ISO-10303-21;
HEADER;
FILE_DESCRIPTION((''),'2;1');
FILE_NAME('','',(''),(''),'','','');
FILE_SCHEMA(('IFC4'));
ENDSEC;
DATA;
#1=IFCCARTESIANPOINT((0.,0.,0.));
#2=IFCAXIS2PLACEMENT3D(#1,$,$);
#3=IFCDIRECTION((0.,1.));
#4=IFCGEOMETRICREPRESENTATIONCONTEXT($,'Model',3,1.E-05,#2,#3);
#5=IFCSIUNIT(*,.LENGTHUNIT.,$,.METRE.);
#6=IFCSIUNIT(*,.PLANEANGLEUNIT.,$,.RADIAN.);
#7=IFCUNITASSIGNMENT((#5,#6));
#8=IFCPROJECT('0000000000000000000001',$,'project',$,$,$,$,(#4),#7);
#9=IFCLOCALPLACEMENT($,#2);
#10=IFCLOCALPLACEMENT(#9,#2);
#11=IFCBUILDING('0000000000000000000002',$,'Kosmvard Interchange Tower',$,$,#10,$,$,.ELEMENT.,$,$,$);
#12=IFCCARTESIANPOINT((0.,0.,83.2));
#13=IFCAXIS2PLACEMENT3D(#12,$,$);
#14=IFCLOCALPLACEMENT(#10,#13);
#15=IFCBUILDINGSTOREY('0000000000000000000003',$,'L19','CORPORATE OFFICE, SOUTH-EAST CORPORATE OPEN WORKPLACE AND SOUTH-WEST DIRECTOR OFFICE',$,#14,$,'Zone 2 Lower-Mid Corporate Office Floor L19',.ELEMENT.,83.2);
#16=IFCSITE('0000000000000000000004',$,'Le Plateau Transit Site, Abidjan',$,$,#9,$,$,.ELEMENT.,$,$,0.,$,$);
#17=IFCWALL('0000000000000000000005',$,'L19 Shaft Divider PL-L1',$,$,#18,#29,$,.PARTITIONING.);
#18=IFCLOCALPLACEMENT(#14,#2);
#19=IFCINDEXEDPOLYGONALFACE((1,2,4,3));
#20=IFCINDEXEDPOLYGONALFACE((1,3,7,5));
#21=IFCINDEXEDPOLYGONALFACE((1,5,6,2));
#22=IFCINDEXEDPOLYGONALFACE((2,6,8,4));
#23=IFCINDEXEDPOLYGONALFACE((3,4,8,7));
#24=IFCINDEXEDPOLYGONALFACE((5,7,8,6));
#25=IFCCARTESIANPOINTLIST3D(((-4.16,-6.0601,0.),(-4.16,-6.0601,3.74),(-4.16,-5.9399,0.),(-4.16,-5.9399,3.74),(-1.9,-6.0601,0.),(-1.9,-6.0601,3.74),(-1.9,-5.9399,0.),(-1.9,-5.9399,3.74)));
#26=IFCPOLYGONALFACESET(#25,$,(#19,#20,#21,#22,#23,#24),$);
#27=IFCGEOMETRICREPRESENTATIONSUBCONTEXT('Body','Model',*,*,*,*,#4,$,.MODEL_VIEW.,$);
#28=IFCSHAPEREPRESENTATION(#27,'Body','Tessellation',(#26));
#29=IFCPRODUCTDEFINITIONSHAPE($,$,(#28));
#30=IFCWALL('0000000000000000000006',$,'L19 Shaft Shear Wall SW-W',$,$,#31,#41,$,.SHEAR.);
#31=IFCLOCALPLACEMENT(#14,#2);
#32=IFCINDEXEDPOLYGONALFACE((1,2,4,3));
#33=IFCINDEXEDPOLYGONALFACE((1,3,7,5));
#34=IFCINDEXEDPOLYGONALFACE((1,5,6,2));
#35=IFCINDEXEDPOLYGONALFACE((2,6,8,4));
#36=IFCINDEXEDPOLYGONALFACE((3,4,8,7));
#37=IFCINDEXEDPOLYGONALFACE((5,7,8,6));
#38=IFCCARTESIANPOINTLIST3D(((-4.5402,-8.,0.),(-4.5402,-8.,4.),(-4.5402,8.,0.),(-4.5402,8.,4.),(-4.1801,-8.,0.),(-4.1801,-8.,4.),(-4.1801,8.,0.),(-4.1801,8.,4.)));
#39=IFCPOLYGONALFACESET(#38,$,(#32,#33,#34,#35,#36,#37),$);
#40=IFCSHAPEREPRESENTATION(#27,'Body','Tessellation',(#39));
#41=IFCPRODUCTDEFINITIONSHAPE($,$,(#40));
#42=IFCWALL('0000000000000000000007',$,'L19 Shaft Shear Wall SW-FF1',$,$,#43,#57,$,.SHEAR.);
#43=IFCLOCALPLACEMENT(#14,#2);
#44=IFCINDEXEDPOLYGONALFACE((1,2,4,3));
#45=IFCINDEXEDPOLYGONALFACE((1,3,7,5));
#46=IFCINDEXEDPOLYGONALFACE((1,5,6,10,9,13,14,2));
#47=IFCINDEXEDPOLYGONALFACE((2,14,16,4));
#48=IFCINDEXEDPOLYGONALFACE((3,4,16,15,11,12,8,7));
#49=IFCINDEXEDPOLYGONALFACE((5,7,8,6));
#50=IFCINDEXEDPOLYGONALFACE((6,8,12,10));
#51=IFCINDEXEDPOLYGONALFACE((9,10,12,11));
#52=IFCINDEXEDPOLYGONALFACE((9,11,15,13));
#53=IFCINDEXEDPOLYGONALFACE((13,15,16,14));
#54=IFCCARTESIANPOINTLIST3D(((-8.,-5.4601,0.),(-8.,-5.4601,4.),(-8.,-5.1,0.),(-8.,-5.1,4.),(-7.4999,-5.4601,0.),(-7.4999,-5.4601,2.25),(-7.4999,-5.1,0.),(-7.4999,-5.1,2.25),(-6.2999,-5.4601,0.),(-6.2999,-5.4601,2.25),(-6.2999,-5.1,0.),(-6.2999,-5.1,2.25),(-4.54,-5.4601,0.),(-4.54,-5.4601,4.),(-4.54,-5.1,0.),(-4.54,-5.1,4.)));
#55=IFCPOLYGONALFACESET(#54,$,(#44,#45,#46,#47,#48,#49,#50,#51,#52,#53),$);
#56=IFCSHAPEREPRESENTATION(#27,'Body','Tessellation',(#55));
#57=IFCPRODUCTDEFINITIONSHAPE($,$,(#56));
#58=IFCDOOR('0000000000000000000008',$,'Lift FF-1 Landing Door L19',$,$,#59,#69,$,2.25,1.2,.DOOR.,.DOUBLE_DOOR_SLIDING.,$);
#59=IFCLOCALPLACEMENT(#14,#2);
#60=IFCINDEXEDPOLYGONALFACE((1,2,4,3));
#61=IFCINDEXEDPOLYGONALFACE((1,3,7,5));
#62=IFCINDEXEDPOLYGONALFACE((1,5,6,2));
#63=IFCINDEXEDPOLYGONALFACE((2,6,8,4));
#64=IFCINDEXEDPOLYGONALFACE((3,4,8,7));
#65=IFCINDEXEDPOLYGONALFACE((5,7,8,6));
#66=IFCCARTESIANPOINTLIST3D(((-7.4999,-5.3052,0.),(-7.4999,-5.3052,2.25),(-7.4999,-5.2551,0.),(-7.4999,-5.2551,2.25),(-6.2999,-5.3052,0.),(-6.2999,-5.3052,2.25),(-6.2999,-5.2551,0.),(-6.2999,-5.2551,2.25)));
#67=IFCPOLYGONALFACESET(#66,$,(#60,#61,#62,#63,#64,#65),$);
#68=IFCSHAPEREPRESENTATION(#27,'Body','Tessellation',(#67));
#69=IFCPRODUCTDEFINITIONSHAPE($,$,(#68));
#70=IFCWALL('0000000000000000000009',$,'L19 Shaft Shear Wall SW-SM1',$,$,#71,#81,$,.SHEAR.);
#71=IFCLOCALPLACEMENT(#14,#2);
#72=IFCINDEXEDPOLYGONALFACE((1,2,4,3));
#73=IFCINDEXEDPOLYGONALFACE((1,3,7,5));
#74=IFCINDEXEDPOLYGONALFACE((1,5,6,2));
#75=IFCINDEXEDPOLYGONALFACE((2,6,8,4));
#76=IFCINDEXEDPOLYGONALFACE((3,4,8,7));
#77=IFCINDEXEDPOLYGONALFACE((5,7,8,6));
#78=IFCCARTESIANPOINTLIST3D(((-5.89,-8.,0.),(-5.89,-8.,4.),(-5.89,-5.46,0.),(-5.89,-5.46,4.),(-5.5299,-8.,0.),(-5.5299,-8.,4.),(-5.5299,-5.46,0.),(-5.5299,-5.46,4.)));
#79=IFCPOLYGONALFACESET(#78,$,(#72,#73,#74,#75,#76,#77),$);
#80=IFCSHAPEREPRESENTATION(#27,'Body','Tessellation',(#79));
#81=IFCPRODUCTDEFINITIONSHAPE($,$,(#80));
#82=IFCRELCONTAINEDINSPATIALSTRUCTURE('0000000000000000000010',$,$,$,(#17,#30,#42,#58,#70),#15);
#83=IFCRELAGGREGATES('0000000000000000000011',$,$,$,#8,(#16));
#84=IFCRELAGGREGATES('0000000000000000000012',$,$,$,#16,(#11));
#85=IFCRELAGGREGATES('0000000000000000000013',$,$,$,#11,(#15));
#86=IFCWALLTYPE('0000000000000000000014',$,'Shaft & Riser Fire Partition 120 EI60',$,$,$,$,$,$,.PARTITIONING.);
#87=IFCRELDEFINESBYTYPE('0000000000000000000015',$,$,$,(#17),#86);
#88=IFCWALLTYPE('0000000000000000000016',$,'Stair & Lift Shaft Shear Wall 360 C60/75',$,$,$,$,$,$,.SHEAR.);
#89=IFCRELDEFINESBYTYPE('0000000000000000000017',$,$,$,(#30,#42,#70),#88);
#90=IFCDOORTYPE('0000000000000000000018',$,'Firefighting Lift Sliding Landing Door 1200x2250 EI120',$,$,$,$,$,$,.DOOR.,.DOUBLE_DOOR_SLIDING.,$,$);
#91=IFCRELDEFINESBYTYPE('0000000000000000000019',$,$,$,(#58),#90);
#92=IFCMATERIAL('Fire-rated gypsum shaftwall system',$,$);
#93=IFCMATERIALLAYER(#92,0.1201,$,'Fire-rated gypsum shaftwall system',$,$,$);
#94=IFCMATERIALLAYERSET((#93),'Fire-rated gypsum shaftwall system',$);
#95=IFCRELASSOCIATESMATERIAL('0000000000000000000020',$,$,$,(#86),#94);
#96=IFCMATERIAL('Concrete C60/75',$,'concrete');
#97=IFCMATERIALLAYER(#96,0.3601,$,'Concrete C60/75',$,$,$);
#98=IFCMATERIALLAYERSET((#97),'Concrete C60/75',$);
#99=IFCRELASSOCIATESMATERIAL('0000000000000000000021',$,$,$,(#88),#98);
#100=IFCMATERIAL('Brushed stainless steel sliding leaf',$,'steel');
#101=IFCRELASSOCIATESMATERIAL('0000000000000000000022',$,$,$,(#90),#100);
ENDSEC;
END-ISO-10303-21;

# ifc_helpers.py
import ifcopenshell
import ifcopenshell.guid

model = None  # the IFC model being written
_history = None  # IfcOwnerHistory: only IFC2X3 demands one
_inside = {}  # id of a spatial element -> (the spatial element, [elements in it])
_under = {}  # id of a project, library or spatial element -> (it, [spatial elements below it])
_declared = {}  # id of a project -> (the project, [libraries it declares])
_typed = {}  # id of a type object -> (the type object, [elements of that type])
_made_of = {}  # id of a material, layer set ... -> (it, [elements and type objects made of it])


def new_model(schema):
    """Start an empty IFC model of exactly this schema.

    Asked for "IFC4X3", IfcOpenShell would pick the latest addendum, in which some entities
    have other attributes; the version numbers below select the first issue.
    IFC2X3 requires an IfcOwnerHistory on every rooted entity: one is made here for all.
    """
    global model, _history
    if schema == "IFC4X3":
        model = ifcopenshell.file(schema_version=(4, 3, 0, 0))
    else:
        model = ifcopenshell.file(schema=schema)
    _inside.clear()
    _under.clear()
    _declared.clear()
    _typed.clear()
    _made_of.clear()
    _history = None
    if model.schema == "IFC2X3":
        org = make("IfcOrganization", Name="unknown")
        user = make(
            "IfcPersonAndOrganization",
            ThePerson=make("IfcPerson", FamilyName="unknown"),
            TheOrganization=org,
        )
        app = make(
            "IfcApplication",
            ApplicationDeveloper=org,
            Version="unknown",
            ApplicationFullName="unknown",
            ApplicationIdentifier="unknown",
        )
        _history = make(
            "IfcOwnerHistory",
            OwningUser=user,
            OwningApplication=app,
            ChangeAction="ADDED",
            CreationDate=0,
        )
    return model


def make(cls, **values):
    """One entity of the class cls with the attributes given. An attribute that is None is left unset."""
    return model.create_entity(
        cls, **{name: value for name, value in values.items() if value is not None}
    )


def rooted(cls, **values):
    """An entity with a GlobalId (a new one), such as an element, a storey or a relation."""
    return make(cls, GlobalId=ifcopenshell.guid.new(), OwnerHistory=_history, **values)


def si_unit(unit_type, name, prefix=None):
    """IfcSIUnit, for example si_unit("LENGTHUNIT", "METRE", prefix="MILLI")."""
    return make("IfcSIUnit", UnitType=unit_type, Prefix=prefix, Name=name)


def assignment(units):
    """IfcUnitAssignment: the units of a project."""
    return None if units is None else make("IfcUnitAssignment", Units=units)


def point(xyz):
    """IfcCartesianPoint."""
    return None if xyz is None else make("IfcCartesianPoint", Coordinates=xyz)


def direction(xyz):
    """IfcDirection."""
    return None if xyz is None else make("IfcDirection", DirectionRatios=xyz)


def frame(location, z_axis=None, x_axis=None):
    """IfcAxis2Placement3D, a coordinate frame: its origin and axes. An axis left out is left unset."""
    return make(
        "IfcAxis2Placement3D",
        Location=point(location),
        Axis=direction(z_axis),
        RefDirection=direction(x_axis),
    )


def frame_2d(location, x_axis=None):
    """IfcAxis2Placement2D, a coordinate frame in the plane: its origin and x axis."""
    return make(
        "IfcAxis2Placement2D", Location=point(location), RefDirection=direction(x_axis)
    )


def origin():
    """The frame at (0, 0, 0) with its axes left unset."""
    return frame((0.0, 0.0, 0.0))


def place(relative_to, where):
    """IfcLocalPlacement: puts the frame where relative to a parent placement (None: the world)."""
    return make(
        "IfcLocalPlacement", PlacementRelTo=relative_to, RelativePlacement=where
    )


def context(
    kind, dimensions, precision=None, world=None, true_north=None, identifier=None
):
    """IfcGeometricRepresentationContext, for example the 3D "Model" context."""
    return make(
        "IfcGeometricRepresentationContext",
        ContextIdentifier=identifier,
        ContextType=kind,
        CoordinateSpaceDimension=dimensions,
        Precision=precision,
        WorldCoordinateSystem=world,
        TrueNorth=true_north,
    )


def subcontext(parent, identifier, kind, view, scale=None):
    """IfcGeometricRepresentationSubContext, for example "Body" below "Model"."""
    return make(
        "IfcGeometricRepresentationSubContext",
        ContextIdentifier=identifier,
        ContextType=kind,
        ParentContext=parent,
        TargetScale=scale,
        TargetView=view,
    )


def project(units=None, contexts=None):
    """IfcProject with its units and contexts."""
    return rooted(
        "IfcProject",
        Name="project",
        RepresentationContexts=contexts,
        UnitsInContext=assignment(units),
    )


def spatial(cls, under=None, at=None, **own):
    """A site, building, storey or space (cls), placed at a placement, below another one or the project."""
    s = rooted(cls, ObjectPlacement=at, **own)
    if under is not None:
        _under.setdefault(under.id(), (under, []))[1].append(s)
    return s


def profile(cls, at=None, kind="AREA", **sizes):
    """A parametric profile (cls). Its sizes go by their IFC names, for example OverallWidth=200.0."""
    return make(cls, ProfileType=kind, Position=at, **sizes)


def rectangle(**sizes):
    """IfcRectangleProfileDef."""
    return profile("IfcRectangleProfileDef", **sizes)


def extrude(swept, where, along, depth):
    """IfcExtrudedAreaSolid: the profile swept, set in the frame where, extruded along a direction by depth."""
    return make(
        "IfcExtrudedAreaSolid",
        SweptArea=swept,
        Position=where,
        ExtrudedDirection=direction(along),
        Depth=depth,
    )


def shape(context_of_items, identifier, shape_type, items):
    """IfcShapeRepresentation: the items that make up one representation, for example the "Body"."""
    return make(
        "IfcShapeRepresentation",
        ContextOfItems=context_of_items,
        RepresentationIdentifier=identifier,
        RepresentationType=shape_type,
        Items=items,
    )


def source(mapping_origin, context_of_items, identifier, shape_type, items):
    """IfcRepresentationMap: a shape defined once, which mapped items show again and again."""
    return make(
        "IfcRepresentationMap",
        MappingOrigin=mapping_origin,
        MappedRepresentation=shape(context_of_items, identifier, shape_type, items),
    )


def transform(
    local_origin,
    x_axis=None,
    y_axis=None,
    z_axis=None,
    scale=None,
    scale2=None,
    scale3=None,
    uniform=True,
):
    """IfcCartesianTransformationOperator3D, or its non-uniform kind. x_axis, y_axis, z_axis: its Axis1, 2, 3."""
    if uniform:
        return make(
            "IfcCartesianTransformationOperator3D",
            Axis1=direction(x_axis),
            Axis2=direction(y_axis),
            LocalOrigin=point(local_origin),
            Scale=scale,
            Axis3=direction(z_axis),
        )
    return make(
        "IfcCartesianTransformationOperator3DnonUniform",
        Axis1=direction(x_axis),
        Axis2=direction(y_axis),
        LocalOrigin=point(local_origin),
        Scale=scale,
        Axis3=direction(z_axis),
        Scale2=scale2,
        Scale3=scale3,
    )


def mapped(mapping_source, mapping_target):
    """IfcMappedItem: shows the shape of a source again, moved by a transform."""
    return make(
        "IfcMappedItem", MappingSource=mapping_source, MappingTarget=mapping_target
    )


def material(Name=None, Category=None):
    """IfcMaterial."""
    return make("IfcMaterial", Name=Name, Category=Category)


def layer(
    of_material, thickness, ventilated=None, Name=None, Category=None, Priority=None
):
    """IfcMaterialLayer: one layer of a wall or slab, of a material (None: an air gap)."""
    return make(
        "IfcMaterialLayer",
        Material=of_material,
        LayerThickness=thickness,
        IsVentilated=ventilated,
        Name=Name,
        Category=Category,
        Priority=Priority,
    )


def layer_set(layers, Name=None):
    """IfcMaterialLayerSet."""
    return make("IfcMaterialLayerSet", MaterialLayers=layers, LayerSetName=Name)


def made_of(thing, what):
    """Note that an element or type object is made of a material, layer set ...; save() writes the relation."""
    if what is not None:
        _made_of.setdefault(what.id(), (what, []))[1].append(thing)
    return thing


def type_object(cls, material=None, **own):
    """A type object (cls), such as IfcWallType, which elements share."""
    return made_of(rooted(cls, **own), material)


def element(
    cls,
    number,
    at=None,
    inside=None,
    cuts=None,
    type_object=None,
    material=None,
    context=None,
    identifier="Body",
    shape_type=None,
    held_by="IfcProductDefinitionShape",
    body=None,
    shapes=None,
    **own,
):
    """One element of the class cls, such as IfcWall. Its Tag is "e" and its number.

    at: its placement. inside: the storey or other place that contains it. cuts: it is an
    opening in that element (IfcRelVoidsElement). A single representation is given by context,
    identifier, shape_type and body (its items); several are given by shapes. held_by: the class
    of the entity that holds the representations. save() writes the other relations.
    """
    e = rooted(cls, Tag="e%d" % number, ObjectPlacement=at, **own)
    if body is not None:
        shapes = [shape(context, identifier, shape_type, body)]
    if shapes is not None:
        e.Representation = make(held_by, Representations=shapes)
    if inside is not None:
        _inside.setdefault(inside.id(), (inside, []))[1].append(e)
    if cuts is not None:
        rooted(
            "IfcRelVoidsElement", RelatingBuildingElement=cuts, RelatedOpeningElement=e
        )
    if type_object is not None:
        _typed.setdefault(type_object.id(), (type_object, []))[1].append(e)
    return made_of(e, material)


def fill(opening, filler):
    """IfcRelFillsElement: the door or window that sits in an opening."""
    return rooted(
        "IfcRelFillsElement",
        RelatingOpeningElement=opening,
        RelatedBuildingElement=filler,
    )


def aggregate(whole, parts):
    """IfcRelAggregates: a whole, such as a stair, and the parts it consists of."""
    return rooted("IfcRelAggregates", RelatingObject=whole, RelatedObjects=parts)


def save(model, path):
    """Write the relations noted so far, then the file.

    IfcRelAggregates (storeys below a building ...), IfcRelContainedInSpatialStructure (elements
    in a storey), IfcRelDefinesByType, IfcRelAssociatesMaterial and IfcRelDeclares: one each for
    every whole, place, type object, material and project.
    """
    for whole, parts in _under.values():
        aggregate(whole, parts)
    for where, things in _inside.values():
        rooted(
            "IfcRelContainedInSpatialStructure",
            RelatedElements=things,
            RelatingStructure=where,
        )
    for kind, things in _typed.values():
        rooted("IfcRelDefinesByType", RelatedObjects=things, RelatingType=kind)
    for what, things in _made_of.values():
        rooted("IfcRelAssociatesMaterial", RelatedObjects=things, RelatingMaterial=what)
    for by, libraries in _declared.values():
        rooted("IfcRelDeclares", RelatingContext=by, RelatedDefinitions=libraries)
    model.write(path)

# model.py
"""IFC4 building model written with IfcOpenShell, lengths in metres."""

from ifc_helpers import new_model, si_unit, direction, frame, frame_2d, origin, place, context, subcontext, project, spatial, rectangle, extrude, source, transform, mapped, material, layer, layer_set, type_object, element, fill, save


model = new_model("IFC4")

# Units and contexts
model_context = context("Model", 3, precision=1e-05, world=origin(), true_north=direction((0.0, 1.0)))
body_context = subcontext(model_context, "Body", "Model", "MODEL_VIEW")
ifc_project = project(units=[si_unit("LENGTHUNIT", "METRE"), si_unit("PLANEANGLEUNIT", "RADIAN")], contexts=[model_context])

# Site, building, storey
site_placement = place(None, origin())
site = spatial("IfcSite", under=ifc_project, at=site_placement, Name="Le Plateau Transit Site, Abidjan", CompositionType="ELEMENT", RefElevation=0.0)
building_placement = place(site_placement, origin())
building = spatial("IfcBuilding", under=site, at=building_placement, Name="Kosmvard Interchange Tower", CompositionType="ELEMENT")
storey_placement = place(building_placement, frame((0.0, 0.0, 83.2)))
storey = spatial("IfcBuildingStorey", under=building, at=storey_placement, Name="L19", Description="CORPORATE OFFICE, SOUTH-EAST CORPORATE OPEN WORKPLACE AND SOUTH-WEST DIRECTOR OFFICE", LongName="Zone 2 Lower-Mid Corporate Office Floor L19", CompositionType="ELEMENT", Elevation=83.2)

# Shared definitions
ifc_material_1 = material(Name="Brushed stainless steel sliding leaf", Category="steel")

# Walls
ifc_material_2 = material(Name="Fire-rated gypsum shaftwall system")
ifc_layer_1 = layer(ifc_material_2, 0.1201, Name="Fire-rated gypsum shaftwall system")
ifc_layer_set_1 = layer_set([ifc_layer_1], Name="Fire-rated gypsum shaftwall system")
wall_type_1 = type_object("IfcWallType", Name="Shaft & Riser Fire Partition 120 EI60", PredefinedType="PARTITIONING", material=ifc_layer_set_1)
wall_1_placement = place(storey_placement, frame((-4.1599, -6.0, 0.0), z_axis=(0.0, 0.0, 1.0), x_axis=(1.0, 0.0, 0.0)))
element("IfcWall", 1, at=wall_1_placement, inside=storey, type_object=wall_type_1, Name="L19 Shaft Divider PL-L1", PredefinedType="PARTITIONING", context=body_context, shape_type="SweptSolid", body=[
    extrude(rectangle(XDim=2.26, YDim=0.1201, at=frame_2d((1.1299, 0.0))), origin(), (0.0, 0.0, 1.0), 3.74),
])
ifc_material_3 = material(Name="Concrete C60/75", Category="concrete")
ifc_layer_2 = layer(ifc_material_3, 0.3601, Name="Concrete C60/75")
ifc_layer_set_2 = layer_set([ifc_layer_2], Name="Concrete C60/75")
wall_type_2 = type_object("IfcWallType", Name="Stair & Lift Shaft Shear Wall 360 C60/75", PredefinedType="SHEAR", material=ifc_layer_set_2)
wall_2_placement = place(storey_placement, frame((-4.3601, -8.0, 0.0), z_axis=(0.0, 0.0, 1.0), x_axis=(0.0, 1.0, 0.0)))
element("IfcWall", 2, at=wall_2_placement, inside=storey, type_object=wall_type_2, Name="L19 Shaft Shear Wall SW-W", PredefinedType="SHEAR", context=body_context, shape_type="SweptSolid", body=[
    extrude(rectangle(XDim=16.0, YDim=0.3601, at=frame_2d((8.0, 0.0))), origin(), (0.0, 0.0, 1.0), 4.0),
])

# Wall, opening, door
wall_3_placement = place(storey_placement, frame((-8.0, -5.28, 0.0), z_axis=(0.0, 0.0, 1.0), x_axis=(1.0, 0.0, 0.0)))
wall_3 = element("IfcWall", 3, at=wall_3_placement, inside=storey, type_object=wall_type_2, Name="L19 Shaft Shear Wall SW-FF1", PredefinedType="SHEAR", context=body_context, shape_type="SweptSolid", body=[
    extrude(rectangle(XDim=3.46, YDim=0.3601, at=frame_2d((1.73, 0.0))), origin(), (0.0, 0.0, 1.0), 4.0),
])
opening_1_placement = place(wall_3_placement, frame((0.5, 0.0, 0.0)))
opening_1 = element("IfcOpeningElement", 4, at=opening_1_placement, cuts=wall_3, PredefinedType="OPENING", context=body_context, shape_type="SweptSolid", body=[
    extrude(rectangle(XDim=1.2, YDim=2.25, at=frame_2d((0.6001, 1.125))), frame((0.0, 0.1899, 0.0), z_axis=(0.0, -1.0, 0.0), x_axis=(1.0, 0.0, 0.0)), (0.0, 0.0, 1.0), 0.3801),
])
door_type_1 = type_object("IfcDoorType", Name="Firefighting Lift Sliding Landing Door 1200x2250 EI120", OperationType="DOUBLE_DOOR_SLIDING", PredefinedType="DOOR", material=ifc_material_1)
shared_shape_1 = source(origin(), body_context, "Body", "SweptSolid", [
    extrude(rectangle(XDim=1.2, YDim=2.25, at=frame_2d((0.6001, 1.125))), frame((0.0, 0.0249, 0.0), z_axis=(0.0, -1.0, 0.0), x_axis=(1.0, 0.0, 0.0)), (0.0, 0.0, 1.0), 0.05),
])
door_1_placement = place(opening_1_placement, origin())
door_1 = element("IfcDoor", 5, at=door_1_placement, inside=storey, type_object=door_type_1, Name="Lift FF-1 Landing Door L19", OperationType="DOUBLE_DOOR_SLIDING", OverallHeight=2.25, OverallWidth=1.2, PredefinedType="DOOR", context=body_context, shape_type="MappedRepresentation", body=[
    mapped(shared_shape_1, transform((0.0, 0.0, 0.0), scale=1.0)),
])
fill(opening_1, door_1)

# Wall
wall_4_placement = place(storey_placement, frame((-5.71, -8.0, 0.0), z_axis=(0.0, 0.0, 1.0), x_axis=(0.0, 1.0, 0.0)))
element("IfcWall", 6, at=wall_4_placement, inside=storey, type_object=wall_type_2, Name="L19 Shaft Shear Wall SW-SM1", PredefinedType="SHEAR", context=body_context, shape_type="SweptSolid", body=[
    extrude(rectangle(XDim=2.54, YDim=0.3601, at=frame_2d((1.27, 0.0))), origin(), (0.0, 0.0, 1.0), 4.0),
])

save(model, "model.ifc")
